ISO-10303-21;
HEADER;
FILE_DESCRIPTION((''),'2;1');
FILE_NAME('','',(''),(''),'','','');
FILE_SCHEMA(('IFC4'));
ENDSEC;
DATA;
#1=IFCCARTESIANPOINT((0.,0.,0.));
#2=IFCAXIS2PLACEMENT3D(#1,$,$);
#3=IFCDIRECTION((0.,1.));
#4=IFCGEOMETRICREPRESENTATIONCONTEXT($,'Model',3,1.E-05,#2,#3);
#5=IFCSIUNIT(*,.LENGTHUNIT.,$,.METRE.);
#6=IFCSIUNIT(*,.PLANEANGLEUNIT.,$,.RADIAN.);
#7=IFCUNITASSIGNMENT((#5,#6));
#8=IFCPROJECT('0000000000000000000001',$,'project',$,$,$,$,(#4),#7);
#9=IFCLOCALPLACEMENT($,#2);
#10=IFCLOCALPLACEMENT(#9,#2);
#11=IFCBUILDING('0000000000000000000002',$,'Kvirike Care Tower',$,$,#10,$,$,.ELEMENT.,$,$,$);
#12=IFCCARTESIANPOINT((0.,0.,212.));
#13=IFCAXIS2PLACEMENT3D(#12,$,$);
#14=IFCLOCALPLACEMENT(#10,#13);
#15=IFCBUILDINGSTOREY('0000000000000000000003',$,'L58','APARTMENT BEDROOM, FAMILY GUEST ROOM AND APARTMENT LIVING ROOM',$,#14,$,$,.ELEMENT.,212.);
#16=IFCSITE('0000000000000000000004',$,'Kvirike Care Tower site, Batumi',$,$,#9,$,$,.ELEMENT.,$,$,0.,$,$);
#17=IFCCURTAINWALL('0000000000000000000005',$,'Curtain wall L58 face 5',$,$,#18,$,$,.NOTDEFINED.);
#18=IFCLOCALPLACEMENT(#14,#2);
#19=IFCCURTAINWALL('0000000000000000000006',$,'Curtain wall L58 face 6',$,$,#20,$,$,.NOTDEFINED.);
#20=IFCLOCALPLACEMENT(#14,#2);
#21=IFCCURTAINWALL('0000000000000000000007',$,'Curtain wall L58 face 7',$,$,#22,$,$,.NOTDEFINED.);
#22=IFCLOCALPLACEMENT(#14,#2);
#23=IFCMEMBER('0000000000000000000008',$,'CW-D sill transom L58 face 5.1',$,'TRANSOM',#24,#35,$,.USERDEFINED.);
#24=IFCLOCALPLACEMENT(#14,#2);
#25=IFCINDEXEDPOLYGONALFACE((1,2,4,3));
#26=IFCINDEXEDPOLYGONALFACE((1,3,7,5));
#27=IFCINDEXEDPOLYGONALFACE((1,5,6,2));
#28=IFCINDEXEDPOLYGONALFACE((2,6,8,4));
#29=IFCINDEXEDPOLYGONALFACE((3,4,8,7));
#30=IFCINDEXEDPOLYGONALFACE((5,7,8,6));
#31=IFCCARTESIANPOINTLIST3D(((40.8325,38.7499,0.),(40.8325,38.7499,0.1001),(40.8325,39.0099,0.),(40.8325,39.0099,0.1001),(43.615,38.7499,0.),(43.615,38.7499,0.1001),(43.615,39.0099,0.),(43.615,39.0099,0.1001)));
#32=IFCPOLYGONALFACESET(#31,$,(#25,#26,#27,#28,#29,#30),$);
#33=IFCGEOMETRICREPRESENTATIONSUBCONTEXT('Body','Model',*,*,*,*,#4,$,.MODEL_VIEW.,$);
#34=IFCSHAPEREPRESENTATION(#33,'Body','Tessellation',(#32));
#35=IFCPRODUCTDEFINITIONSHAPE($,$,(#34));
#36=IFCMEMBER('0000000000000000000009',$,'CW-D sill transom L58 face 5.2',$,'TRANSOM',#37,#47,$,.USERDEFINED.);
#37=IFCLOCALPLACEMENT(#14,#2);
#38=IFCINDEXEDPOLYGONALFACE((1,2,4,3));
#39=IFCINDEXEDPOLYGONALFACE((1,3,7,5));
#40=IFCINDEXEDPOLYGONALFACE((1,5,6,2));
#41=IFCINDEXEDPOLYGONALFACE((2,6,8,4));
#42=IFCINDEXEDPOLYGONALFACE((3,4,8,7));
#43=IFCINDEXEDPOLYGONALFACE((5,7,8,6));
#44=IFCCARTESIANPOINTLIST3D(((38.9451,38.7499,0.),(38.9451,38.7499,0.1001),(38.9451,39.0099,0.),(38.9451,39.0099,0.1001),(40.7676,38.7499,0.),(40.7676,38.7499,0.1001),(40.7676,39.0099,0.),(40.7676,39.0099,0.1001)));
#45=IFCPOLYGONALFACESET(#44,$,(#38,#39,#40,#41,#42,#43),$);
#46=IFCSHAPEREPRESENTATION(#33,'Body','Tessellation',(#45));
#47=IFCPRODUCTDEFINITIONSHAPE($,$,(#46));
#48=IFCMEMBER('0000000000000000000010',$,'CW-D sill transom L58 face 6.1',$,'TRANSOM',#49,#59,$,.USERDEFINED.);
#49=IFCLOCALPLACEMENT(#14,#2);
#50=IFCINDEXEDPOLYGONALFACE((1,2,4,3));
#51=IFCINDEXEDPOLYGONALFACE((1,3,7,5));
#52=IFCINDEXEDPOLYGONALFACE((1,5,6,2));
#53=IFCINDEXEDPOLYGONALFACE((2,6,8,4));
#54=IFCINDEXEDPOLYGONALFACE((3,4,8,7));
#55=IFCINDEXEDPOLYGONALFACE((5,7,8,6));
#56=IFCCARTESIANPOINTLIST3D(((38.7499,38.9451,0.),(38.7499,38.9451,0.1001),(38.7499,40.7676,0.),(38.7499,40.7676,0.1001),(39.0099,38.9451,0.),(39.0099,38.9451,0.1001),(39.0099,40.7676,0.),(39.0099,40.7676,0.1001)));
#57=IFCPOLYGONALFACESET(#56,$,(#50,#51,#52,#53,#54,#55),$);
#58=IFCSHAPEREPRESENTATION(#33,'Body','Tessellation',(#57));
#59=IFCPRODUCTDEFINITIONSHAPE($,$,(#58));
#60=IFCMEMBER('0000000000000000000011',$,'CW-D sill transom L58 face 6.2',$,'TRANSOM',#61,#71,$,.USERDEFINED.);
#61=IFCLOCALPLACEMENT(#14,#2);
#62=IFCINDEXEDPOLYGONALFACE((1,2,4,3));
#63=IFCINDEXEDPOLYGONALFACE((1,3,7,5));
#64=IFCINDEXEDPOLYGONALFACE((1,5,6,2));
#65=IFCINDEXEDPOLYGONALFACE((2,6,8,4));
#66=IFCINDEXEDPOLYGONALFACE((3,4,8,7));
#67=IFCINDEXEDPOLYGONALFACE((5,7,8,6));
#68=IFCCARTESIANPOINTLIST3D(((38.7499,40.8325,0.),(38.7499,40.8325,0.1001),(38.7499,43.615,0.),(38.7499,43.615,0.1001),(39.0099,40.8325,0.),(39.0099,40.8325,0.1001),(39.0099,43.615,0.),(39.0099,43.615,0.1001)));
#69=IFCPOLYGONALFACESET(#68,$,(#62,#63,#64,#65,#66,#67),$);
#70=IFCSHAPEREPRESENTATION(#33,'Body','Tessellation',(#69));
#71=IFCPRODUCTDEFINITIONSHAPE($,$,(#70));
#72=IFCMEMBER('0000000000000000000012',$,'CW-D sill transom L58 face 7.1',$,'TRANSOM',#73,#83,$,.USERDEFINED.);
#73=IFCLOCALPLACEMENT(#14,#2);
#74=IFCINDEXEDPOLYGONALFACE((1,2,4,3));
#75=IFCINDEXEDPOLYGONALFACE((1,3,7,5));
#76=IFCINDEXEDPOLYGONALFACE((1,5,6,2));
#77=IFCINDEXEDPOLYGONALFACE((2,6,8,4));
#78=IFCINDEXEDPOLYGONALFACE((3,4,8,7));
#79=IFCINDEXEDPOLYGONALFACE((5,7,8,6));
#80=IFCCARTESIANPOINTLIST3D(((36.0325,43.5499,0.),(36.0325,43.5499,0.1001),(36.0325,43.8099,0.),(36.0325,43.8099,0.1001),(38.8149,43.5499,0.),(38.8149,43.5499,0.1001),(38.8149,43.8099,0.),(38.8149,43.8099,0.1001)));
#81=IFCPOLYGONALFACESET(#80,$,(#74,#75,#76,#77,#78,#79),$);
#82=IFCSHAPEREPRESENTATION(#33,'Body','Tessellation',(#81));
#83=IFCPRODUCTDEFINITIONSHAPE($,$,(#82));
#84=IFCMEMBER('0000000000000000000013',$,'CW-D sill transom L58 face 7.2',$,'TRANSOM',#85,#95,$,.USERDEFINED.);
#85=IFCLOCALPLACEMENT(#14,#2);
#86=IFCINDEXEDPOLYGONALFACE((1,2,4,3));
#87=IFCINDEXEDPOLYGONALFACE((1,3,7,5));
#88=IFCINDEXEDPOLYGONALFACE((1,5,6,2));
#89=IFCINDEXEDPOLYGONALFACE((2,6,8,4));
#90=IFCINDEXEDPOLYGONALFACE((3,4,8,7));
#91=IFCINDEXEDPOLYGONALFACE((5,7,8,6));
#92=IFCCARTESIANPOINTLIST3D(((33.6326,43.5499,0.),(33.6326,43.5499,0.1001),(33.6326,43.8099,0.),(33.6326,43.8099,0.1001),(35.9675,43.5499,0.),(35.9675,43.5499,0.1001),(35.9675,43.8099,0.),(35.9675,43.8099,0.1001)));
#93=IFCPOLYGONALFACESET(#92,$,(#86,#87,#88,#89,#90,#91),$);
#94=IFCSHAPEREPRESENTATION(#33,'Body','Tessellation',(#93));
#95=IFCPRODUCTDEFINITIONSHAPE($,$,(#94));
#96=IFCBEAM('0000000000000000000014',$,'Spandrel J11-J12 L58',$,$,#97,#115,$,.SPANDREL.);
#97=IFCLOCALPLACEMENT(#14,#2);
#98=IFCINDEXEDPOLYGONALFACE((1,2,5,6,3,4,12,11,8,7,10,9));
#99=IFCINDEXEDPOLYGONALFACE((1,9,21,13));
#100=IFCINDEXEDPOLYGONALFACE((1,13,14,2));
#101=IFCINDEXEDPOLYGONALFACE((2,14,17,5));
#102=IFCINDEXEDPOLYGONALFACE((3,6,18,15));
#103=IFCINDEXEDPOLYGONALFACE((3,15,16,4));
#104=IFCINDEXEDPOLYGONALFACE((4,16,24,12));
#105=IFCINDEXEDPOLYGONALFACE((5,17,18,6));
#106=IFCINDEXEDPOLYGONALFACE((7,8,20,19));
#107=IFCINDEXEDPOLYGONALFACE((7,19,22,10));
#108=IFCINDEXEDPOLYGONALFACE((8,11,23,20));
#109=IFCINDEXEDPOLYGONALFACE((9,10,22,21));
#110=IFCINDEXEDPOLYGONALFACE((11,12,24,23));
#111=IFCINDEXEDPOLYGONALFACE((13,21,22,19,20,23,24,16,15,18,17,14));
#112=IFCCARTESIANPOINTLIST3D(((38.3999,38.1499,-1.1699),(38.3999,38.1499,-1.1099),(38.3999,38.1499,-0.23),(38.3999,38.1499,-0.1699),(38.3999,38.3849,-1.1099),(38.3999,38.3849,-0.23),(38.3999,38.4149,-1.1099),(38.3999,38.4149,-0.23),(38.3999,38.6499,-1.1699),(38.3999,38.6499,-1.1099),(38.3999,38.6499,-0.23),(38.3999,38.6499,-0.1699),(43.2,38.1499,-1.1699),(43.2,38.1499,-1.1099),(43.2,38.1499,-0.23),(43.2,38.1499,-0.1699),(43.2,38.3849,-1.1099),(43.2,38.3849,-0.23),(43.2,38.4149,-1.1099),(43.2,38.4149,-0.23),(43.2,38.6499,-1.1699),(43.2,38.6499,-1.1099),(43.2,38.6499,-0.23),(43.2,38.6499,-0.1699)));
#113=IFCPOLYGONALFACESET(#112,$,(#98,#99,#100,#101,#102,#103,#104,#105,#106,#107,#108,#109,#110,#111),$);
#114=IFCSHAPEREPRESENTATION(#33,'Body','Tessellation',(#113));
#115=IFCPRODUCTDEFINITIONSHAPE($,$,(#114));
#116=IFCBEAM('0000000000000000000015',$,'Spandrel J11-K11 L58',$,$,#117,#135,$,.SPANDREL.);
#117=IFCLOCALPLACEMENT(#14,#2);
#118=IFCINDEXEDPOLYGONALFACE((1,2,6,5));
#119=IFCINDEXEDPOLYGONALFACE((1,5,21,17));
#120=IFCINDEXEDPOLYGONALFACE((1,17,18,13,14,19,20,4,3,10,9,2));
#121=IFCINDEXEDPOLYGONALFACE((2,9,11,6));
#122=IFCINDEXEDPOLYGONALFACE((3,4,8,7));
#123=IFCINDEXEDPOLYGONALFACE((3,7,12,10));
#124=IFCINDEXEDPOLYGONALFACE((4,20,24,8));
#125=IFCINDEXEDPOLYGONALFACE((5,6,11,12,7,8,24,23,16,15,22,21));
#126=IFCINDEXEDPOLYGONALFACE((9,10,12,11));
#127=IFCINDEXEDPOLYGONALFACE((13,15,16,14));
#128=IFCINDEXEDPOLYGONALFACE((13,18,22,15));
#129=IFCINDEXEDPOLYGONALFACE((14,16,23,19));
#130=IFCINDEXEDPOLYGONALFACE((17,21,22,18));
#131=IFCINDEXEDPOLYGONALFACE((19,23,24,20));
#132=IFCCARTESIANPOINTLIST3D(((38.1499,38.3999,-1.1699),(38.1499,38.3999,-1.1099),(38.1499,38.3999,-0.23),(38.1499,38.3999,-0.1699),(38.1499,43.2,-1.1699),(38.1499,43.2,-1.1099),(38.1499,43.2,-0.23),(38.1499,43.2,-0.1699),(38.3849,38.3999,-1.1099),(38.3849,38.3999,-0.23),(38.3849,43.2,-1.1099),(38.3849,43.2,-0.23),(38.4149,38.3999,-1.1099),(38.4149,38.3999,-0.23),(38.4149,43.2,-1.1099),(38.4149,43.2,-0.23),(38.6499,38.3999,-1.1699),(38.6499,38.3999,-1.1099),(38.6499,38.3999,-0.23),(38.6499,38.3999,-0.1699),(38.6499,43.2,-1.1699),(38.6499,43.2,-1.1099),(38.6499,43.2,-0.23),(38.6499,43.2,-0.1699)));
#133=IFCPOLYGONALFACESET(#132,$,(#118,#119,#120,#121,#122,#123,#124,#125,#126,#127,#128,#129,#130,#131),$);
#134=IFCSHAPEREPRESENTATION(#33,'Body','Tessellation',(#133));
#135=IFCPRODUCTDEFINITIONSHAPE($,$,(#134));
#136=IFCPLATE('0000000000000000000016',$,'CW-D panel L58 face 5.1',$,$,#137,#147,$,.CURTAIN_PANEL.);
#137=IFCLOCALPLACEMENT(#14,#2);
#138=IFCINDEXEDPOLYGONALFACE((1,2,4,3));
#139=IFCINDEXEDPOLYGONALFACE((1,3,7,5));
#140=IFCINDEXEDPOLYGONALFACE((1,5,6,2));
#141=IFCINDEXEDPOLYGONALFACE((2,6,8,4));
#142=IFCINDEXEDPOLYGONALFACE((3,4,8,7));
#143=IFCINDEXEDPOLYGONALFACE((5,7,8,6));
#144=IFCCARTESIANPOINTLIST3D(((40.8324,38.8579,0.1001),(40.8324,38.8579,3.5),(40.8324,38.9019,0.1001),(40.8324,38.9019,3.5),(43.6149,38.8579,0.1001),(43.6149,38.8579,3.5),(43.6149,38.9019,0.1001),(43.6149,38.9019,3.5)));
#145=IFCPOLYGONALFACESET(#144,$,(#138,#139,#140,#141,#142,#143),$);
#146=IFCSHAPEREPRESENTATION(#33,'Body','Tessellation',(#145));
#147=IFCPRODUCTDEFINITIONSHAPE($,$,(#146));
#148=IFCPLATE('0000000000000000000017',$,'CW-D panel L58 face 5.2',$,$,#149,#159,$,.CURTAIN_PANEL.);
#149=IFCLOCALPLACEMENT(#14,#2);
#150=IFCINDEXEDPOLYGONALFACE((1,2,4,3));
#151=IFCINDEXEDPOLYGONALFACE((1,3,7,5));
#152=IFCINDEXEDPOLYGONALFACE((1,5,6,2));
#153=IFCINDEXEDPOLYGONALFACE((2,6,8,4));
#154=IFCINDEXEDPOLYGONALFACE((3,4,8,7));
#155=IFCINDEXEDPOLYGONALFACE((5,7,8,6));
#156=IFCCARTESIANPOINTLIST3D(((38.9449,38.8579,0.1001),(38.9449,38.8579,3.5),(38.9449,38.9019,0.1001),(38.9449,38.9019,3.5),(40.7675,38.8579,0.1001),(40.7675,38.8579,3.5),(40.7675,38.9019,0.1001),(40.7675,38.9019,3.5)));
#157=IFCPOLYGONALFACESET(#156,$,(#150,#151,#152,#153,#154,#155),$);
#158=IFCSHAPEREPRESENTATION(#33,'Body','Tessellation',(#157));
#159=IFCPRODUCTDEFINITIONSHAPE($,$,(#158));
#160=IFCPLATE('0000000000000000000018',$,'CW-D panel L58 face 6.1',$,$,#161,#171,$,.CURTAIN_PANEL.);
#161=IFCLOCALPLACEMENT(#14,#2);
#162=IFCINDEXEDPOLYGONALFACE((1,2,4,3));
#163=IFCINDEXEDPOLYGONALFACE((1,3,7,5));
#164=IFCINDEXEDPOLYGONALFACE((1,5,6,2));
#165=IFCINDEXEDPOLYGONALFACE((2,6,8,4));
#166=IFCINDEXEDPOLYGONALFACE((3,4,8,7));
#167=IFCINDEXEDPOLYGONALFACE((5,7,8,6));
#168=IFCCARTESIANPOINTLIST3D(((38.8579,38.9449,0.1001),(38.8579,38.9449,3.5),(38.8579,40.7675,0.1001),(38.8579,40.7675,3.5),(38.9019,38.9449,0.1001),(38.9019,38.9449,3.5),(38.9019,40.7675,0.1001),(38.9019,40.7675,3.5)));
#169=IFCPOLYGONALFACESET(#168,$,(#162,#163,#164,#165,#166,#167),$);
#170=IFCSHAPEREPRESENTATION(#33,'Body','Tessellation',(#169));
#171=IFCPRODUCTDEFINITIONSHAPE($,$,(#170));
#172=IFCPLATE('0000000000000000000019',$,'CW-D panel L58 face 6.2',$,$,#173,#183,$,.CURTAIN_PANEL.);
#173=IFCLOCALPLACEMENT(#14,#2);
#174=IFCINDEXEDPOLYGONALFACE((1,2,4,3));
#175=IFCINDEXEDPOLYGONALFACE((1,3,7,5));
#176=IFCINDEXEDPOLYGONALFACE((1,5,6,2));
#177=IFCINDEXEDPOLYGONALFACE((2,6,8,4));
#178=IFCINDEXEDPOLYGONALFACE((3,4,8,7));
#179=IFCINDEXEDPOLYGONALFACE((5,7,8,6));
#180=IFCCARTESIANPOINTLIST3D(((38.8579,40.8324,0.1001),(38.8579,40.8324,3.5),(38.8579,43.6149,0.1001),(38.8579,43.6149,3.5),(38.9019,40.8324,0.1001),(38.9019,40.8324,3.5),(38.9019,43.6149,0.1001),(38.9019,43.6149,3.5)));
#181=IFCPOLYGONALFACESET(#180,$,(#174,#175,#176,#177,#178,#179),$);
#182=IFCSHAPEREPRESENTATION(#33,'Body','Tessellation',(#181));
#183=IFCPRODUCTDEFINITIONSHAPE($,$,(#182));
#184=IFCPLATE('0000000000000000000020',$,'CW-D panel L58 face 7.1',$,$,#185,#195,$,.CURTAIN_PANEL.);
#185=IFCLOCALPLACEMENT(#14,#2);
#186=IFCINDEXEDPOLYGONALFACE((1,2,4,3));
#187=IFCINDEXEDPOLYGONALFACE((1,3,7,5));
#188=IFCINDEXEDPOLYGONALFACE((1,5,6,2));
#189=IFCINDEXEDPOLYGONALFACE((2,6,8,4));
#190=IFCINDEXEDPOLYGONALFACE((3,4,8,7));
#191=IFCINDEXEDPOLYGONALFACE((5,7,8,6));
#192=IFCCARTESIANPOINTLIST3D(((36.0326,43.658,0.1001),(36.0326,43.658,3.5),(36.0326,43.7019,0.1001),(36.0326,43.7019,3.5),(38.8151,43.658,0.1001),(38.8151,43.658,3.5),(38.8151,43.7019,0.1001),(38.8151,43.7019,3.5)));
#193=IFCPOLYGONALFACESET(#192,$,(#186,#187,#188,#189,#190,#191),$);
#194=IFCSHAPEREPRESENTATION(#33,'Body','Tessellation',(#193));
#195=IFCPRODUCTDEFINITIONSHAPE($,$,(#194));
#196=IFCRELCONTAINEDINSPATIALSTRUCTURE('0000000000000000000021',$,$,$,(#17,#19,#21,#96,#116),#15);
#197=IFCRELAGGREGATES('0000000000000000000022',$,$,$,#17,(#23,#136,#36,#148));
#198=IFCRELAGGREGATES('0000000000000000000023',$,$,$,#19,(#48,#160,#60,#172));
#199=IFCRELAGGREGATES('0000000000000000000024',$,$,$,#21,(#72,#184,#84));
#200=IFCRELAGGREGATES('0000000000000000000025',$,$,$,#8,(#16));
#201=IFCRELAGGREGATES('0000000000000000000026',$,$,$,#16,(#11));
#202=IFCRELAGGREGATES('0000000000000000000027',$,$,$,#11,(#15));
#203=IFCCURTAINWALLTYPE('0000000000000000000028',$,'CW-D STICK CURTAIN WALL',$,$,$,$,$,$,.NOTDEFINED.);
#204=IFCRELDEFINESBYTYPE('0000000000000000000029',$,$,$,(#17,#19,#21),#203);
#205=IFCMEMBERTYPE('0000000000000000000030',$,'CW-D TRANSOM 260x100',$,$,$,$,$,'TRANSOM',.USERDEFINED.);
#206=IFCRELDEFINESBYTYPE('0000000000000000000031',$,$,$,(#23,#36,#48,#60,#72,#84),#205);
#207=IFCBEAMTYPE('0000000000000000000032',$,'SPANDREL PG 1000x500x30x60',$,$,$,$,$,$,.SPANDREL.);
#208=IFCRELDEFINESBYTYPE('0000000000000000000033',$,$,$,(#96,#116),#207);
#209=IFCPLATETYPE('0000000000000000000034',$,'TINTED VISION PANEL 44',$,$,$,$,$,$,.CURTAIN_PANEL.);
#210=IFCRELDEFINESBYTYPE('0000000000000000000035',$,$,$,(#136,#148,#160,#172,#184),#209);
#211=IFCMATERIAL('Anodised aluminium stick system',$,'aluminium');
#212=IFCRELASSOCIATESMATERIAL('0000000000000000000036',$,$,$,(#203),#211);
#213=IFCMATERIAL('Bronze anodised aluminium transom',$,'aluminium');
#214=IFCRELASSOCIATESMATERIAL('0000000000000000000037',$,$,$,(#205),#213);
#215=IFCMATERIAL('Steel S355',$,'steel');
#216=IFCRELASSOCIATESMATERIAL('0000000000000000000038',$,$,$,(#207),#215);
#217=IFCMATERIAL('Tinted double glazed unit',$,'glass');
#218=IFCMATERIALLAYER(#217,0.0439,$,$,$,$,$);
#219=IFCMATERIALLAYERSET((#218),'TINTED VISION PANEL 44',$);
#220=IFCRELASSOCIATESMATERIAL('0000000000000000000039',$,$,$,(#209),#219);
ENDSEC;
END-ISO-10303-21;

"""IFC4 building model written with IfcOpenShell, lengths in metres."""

from ifc_helpers import new_model, si_unit, direction, frame, origin, origin_2d, place, context, subcontext, project, spatial, rectangle, i_section, extrude, material, layer, layer_set, material_profile, profile_set, type_object, element, aggregate, save


model = new_model("IFC4")

# Units and contexts
model_context = context("Model", 3, precision=1e-05, world=origin(), true_north=direction((0.0, 1.0)))
body_context = subcontext(model_context, "Body", "Model", "MODEL_VIEW")
ifc_project = project(units=[si_unit("LENGTHUNIT", "METRE"), si_unit("PLANEANGLEUNIT", "RADIAN")], contexts=[model_context])

# Site, building, storey
site_placement = place(None, origin())
site = spatial("IfcSite", under=ifc_project, at=site_placement, Name="Kvirike Care Tower site, Batumi", CompositionType="ELEMENT", RefElevation=0.0)
building_placement = place(site_placement, origin())
building = spatial("IfcBuilding", under=site, at=building_placement, Name="Kvirike Care Tower", CompositionType="ELEMENT")
storey_placement = place(building_placement, frame((0.0, 0.0, 212.0)))
storey = spatial("IfcBuildingStorey", under=building, at=storey_placement, Name="L58", Description="APARTMENT BEDROOM, FAMILY GUEST ROOM AND APARTMENT LIVING ROOM", CompositionType="ELEMENT", Elevation=212.0)

# Curtain walls
ifc_material_1 = material(Name="Anodised aluminium stick system", Category="aluminium")
curtain_wall_type = type_object("IfcCurtainWallType", Name="CW-D STICK CURTAIN WALL", PredefinedType="NOTDEFINED", material=ifc_material_1)
curtain_wall_1_placement = place(storey_placement, origin())
curtain_wall_1 = element("IfcCurtainWall", 1, at=curtain_wall_1_placement, inside=storey, type_object=curtain_wall_type, Name="Curtain wall L58 face 5", PredefinedType="NOTDEFINED")
curtain_wall_2_placement = place(storey_placement, origin())
curtain_wall_2 = element("IfcCurtainWall", 2, at=curtain_wall_2_placement, inside=storey, type_object=curtain_wall_type, Name="Curtain wall L58 face 6", PredefinedType="NOTDEFINED")

# Curtain wall
curtain_wall_3_placement = place(storey_placement, origin())
curtain_wall_3 = element("IfcCurtainWall", 3, at=curtain_wall_3_placement, inside=storey, type_object=curtain_wall_type, Name="Curtain wall L58 face 7", PredefinedType="NOTDEFINED")

# Members
ifc_material_2 = material(Name="Bronze anodised aluminium transom", Category="aluminium")
ifc_material_profile_1 = material_profile(ifc_material_2, rectangle(XDim=0.26, YDim=0.1001, at=origin_2d()), Name="CW-D TRANSOM 260x100")
ifc_profile_set_1 = profile_set([ifc_material_profile_1], Name="Bronze anodised aluminium transom")
member_type_1 = type_object("IfcMemberType", Name="CW-D TRANSOM 260x100", ElementType="TRANSOM", PredefinedType="USERDEFINED", material=ifc_profile_set_1)
member_1_placement = place(storey_placement, frame((43.615, 38.8799, 0.05), z_axis=(-1.0, 0.0, 0.0), x_axis=(0.0, -1.0, 0.0)))
member_1 = element("IfcMember", 4, at=member_1_placement, type_object=member_type_1, Name="CW-D sill transom L58 face 5.1", ObjectType="TRANSOM", PredefinedType="USERDEFINED", context=body_context, shape_type="SweptSolid", body=[
    extrude(rectangle(XDim=0.26, YDim=0.1001, at=origin_2d()), origin(), (0.0, 0.0, 1.0), 2.7825),
])
member_2_placement = place(storey_placement, frame((40.7676, 38.8799, 0.05), z_axis=(-1.0, 0.0, 0.0), x_axis=(0.0, -1.0, 0.0)))
member_2 = element("IfcMember", 5, at=member_2_placement, type_object=member_type_1, Name="CW-D sill transom L58 face 5.2", ObjectType="TRANSOM", PredefinedType="USERDEFINED", context=body_context, shape_type="SweptSolid", body=[
    extrude(rectangle(XDim=0.26, YDim=0.1001, at=origin_2d()), origin(), (0.0, 0.0, 1.0), 1.8225),
])
member_3_placement = place(storey_placement, frame((38.8799, 38.9451, 0.05), z_axis=(0.0, 1.0, 0.0), x_axis=(-1.0, 0.0, 0.0)))
member_3 = element("IfcMember", 6, at=member_3_placement, type_object=member_type_1, Name="CW-D sill transom L58 face 6.1", ObjectType="TRANSOM", PredefinedType="USERDEFINED", context=body_context, shape_type="SweptSolid", body=[
    extrude(rectangle(XDim=0.26, YDim=0.1001, at=origin_2d()), origin(), (0.0, 0.0, 1.0), 1.8225),
])
member_4_placement = place(storey_placement, frame((38.8799, 40.8325, 0.05), z_axis=(0.0, 1.0, 0.0), x_axis=(-1.0, 0.0, 0.0)))
member_4 = element("IfcMember", 7, at=member_4_placement, type_object=member_type_1, Name="CW-D sill transom L58 face 6.2", ObjectType="TRANSOM", PredefinedType="USERDEFINED", context=body_context, shape_type="SweptSolid", body=[
    extrude(rectangle(XDim=0.26, YDim=0.1001, at=origin_2d()), origin(), (0.0, 0.0, 1.0), 2.7825),
])
member_5_placement = place(storey_placement, frame((38.8149, 43.6799, 0.05), z_axis=(-1.0, 0.0, 0.0), x_axis=(0.0, -1.0, 0.0)))
member_5 = element("IfcMember", 8, at=member_5_placement, type_object=member_type_1, Name="CW-D sill transom L58 face 7.1", ObjectType="TRANSOM", PredefinedType="USERDEFINED", context=body_context, shape_type="SweptSolid", body=[
    extrude(rectangle(XDim=0.26, YDim=0.1001, at=origin_2d()), origin(), (0.0, 0.0, 1.0), 2.7825),
])
member_6_placement = place(storey_placement, frame((35.9675, 43.6799, 0.05), z_axis=(-1.0, 0.0, 0.0), x_axis=(0.0, -1.0, 0.0)))
member_6 = element("IfcMember", 9, at=member_6_placement, type_object=member_type_1, Name="CW-D sill transom L58 face 7.2", ObjectType="TRANSOM", PredefinedType="USERDEFINED", context=body_context, shape_type="SweptSolid", body=[
    extrude(rectangle(XDim=0.26, YDim=0.1001, at=origin_2d()), origin(), (0.0, 0.0, 1.0), 2.335),
])

# Beams
ifc_material_3 = material(Name="Steel S355", Category="steel")
ifc_material_profile_2 = material_profile(ifc_material_3, i_section(OverallWidth=0.5, OverallDepth=1.0, WebThickness=0.03, FlangeThickness=0.0601, at=origin_2d()), Name="PG 1000x500x30x60")
ifc_profile_set_2 = profile_set([ifc_material_profile_2], Name="Steel S355")
beam_type = type_object("IfcBeamType", Name="SPANDREL PG 1000x500x30x60", PredefinedType="SPANDREL", material=ifc_profile_set_2)
for number, where, z_axis, x_axis, name in (
    (10, (38.3999, 38.3999, -0.6699), (1.0, 0.0, 0.0), (0.0, 1.0, 0.0), "Spandrel J11-J12 L58"),
    (11, (38.3999, 38.3999, -0.6699), (0.0, 1.0, 0.0), (-1.0, 0.0, 0.0), "Spandrel J11-K11 L58"),
):
    element("IfcBeam", number, at=place(storey_placement, frame(where, z_axis=z_axis, x_axis=x_axis)), inside=storey, type_object=beam_type, Name=name, PredefinedType="SPANDREL", context=body_context, shape_type="SweptSolid", body=[
        extrude(i_section(OverallWidth=0.5, OverallDepth=1.0, WebThickness=0.03, FlangeThickness=0.0601, at=origin_2d()), origin(), (0.0, 0.0, 1.0), 4.8),
    ])

# Plates
ifc_material_4 = material(Name="Tinted double glazed unit", Category="glass")
ifc_layer = layer(ifc_material_4, 0.0439)
ifc_layer_set = layer_set([ifc_layer], Name="TINTED VISION PANEL 44")
plate_type = type_object("IfcPlateType", Name="TINTED VISION PANEL 44", PredefinedType="CURTAIN_PANEL", material=ifc_layer_set)
plate_1_placement = place(storey_placement, frame((42.2236, 38.8799, 0.1001), z_axis=(0.0, 0.0, 1.0), x_axis=(-1.0, 0.0, 0.0)))
plate_1 = element("IfcPlate", 12, at=plate_1_placement, type_object=plate_type, Name="CW-D panel L58 face 5.1", PredefinedType="CURTAIN_PANEL", context=body_context, shape_type="SweptSolid", body=[
    extrude(rectangle(XDim=2.7825, YDim=0.0439, at=origin_2d()), origin(), (0.0, 0.0, 1.0), 3.3999),
])
plate_2_placement = place(storey_placement, frame((39.8562, 38.8799, 0.1001), z_axis=(0.0, 0.0, 1.0), x_axis=(-1.0, 0.0, 0.0)))
plate_2 = element("IfcPlate", 13, at=plate_2_placement, type_object=plate_type, Name="CW-D panel L58 face 5.2", PredefinedType="CURTAIN_PANEL", context=body_context, shape_type="SweptSolid", body=[
    extrude(rectangle(XDim=1.8225, YDim=0.0439, at=origin_2d()), origin(), (0.0, 0.0, 1.0), 3.3999),
])
aggregate(curtain_wall_1, [member_1, plate_1, member_2, plate_2])
plate_3_placement = place(storey_placement, frame((38.8799, 39.8562, 0.1001), z_axis=(0.0, 0.0, 1.0), x_axis=(0.0, 1.0, 0.0)))
plate_3 = element("IfcPlate", 14, at=plate_3_placement, type_object=plate_type, Name="CW-D panel L58 face 6.1", PredefinedType="CURTAIN_PANEL", context=body_context, shape_type="SweptSolid", body=[
    extrude(rectangle(XDim=1.8225, YDim=0.0439, at=origin_2d()), origin(), (0.0, 0.0, 1.0), 3.3999),
])
plate_4_placement = place(storey_placement, frame((38.8799, 42.2236, 0.1001), z_axis=(0.0, 0.0, 1.0), x_axis=(0.0, 1.0, 0.0)))
plate_4 = element("IfcPlate", 15, at=plate_4_placement, type_object=plate_type, Name="CW-D panel L58 face 6.2", PredefinedType="CURTAIN_PANEL", context=body_context, shape_type="SweptSolid", body=[
    extrude(rectangle(XDim=2.7825, YDim=0.0439, at=origin_2d()), origin(), (0.0, 0.0, 1.0), 3.3999),
])
aggregate(curtain_wall_2, [member_3, plate_3, member_4, plate_4])
plate_5_placement = place(storey_placement, frame((37.4238, 43.6799, 0.1001), z_axis=(0.0, 0.0, 1.0), x_axis=(-1.0, 0.0, 0.0)))
plate_5 = element("IfcPlate", 16, at=plate_5_placement, type_object=plate_type, Name="CW-D panel L58 face 7.1", PredefinedType="CURTAIN_PANEL", context=body_context, shape_type="SweptSolid", body=[
    extrude(rectangle(XDim=2.7825, YDim=0.0439, at=origin_2d()), origin(), (0.0, 0.0, 1.0), 3.3999),
])
aggregate(curtain_wall_3, [member_5, plate_5, member_6])

save(model, "model.ifc")
